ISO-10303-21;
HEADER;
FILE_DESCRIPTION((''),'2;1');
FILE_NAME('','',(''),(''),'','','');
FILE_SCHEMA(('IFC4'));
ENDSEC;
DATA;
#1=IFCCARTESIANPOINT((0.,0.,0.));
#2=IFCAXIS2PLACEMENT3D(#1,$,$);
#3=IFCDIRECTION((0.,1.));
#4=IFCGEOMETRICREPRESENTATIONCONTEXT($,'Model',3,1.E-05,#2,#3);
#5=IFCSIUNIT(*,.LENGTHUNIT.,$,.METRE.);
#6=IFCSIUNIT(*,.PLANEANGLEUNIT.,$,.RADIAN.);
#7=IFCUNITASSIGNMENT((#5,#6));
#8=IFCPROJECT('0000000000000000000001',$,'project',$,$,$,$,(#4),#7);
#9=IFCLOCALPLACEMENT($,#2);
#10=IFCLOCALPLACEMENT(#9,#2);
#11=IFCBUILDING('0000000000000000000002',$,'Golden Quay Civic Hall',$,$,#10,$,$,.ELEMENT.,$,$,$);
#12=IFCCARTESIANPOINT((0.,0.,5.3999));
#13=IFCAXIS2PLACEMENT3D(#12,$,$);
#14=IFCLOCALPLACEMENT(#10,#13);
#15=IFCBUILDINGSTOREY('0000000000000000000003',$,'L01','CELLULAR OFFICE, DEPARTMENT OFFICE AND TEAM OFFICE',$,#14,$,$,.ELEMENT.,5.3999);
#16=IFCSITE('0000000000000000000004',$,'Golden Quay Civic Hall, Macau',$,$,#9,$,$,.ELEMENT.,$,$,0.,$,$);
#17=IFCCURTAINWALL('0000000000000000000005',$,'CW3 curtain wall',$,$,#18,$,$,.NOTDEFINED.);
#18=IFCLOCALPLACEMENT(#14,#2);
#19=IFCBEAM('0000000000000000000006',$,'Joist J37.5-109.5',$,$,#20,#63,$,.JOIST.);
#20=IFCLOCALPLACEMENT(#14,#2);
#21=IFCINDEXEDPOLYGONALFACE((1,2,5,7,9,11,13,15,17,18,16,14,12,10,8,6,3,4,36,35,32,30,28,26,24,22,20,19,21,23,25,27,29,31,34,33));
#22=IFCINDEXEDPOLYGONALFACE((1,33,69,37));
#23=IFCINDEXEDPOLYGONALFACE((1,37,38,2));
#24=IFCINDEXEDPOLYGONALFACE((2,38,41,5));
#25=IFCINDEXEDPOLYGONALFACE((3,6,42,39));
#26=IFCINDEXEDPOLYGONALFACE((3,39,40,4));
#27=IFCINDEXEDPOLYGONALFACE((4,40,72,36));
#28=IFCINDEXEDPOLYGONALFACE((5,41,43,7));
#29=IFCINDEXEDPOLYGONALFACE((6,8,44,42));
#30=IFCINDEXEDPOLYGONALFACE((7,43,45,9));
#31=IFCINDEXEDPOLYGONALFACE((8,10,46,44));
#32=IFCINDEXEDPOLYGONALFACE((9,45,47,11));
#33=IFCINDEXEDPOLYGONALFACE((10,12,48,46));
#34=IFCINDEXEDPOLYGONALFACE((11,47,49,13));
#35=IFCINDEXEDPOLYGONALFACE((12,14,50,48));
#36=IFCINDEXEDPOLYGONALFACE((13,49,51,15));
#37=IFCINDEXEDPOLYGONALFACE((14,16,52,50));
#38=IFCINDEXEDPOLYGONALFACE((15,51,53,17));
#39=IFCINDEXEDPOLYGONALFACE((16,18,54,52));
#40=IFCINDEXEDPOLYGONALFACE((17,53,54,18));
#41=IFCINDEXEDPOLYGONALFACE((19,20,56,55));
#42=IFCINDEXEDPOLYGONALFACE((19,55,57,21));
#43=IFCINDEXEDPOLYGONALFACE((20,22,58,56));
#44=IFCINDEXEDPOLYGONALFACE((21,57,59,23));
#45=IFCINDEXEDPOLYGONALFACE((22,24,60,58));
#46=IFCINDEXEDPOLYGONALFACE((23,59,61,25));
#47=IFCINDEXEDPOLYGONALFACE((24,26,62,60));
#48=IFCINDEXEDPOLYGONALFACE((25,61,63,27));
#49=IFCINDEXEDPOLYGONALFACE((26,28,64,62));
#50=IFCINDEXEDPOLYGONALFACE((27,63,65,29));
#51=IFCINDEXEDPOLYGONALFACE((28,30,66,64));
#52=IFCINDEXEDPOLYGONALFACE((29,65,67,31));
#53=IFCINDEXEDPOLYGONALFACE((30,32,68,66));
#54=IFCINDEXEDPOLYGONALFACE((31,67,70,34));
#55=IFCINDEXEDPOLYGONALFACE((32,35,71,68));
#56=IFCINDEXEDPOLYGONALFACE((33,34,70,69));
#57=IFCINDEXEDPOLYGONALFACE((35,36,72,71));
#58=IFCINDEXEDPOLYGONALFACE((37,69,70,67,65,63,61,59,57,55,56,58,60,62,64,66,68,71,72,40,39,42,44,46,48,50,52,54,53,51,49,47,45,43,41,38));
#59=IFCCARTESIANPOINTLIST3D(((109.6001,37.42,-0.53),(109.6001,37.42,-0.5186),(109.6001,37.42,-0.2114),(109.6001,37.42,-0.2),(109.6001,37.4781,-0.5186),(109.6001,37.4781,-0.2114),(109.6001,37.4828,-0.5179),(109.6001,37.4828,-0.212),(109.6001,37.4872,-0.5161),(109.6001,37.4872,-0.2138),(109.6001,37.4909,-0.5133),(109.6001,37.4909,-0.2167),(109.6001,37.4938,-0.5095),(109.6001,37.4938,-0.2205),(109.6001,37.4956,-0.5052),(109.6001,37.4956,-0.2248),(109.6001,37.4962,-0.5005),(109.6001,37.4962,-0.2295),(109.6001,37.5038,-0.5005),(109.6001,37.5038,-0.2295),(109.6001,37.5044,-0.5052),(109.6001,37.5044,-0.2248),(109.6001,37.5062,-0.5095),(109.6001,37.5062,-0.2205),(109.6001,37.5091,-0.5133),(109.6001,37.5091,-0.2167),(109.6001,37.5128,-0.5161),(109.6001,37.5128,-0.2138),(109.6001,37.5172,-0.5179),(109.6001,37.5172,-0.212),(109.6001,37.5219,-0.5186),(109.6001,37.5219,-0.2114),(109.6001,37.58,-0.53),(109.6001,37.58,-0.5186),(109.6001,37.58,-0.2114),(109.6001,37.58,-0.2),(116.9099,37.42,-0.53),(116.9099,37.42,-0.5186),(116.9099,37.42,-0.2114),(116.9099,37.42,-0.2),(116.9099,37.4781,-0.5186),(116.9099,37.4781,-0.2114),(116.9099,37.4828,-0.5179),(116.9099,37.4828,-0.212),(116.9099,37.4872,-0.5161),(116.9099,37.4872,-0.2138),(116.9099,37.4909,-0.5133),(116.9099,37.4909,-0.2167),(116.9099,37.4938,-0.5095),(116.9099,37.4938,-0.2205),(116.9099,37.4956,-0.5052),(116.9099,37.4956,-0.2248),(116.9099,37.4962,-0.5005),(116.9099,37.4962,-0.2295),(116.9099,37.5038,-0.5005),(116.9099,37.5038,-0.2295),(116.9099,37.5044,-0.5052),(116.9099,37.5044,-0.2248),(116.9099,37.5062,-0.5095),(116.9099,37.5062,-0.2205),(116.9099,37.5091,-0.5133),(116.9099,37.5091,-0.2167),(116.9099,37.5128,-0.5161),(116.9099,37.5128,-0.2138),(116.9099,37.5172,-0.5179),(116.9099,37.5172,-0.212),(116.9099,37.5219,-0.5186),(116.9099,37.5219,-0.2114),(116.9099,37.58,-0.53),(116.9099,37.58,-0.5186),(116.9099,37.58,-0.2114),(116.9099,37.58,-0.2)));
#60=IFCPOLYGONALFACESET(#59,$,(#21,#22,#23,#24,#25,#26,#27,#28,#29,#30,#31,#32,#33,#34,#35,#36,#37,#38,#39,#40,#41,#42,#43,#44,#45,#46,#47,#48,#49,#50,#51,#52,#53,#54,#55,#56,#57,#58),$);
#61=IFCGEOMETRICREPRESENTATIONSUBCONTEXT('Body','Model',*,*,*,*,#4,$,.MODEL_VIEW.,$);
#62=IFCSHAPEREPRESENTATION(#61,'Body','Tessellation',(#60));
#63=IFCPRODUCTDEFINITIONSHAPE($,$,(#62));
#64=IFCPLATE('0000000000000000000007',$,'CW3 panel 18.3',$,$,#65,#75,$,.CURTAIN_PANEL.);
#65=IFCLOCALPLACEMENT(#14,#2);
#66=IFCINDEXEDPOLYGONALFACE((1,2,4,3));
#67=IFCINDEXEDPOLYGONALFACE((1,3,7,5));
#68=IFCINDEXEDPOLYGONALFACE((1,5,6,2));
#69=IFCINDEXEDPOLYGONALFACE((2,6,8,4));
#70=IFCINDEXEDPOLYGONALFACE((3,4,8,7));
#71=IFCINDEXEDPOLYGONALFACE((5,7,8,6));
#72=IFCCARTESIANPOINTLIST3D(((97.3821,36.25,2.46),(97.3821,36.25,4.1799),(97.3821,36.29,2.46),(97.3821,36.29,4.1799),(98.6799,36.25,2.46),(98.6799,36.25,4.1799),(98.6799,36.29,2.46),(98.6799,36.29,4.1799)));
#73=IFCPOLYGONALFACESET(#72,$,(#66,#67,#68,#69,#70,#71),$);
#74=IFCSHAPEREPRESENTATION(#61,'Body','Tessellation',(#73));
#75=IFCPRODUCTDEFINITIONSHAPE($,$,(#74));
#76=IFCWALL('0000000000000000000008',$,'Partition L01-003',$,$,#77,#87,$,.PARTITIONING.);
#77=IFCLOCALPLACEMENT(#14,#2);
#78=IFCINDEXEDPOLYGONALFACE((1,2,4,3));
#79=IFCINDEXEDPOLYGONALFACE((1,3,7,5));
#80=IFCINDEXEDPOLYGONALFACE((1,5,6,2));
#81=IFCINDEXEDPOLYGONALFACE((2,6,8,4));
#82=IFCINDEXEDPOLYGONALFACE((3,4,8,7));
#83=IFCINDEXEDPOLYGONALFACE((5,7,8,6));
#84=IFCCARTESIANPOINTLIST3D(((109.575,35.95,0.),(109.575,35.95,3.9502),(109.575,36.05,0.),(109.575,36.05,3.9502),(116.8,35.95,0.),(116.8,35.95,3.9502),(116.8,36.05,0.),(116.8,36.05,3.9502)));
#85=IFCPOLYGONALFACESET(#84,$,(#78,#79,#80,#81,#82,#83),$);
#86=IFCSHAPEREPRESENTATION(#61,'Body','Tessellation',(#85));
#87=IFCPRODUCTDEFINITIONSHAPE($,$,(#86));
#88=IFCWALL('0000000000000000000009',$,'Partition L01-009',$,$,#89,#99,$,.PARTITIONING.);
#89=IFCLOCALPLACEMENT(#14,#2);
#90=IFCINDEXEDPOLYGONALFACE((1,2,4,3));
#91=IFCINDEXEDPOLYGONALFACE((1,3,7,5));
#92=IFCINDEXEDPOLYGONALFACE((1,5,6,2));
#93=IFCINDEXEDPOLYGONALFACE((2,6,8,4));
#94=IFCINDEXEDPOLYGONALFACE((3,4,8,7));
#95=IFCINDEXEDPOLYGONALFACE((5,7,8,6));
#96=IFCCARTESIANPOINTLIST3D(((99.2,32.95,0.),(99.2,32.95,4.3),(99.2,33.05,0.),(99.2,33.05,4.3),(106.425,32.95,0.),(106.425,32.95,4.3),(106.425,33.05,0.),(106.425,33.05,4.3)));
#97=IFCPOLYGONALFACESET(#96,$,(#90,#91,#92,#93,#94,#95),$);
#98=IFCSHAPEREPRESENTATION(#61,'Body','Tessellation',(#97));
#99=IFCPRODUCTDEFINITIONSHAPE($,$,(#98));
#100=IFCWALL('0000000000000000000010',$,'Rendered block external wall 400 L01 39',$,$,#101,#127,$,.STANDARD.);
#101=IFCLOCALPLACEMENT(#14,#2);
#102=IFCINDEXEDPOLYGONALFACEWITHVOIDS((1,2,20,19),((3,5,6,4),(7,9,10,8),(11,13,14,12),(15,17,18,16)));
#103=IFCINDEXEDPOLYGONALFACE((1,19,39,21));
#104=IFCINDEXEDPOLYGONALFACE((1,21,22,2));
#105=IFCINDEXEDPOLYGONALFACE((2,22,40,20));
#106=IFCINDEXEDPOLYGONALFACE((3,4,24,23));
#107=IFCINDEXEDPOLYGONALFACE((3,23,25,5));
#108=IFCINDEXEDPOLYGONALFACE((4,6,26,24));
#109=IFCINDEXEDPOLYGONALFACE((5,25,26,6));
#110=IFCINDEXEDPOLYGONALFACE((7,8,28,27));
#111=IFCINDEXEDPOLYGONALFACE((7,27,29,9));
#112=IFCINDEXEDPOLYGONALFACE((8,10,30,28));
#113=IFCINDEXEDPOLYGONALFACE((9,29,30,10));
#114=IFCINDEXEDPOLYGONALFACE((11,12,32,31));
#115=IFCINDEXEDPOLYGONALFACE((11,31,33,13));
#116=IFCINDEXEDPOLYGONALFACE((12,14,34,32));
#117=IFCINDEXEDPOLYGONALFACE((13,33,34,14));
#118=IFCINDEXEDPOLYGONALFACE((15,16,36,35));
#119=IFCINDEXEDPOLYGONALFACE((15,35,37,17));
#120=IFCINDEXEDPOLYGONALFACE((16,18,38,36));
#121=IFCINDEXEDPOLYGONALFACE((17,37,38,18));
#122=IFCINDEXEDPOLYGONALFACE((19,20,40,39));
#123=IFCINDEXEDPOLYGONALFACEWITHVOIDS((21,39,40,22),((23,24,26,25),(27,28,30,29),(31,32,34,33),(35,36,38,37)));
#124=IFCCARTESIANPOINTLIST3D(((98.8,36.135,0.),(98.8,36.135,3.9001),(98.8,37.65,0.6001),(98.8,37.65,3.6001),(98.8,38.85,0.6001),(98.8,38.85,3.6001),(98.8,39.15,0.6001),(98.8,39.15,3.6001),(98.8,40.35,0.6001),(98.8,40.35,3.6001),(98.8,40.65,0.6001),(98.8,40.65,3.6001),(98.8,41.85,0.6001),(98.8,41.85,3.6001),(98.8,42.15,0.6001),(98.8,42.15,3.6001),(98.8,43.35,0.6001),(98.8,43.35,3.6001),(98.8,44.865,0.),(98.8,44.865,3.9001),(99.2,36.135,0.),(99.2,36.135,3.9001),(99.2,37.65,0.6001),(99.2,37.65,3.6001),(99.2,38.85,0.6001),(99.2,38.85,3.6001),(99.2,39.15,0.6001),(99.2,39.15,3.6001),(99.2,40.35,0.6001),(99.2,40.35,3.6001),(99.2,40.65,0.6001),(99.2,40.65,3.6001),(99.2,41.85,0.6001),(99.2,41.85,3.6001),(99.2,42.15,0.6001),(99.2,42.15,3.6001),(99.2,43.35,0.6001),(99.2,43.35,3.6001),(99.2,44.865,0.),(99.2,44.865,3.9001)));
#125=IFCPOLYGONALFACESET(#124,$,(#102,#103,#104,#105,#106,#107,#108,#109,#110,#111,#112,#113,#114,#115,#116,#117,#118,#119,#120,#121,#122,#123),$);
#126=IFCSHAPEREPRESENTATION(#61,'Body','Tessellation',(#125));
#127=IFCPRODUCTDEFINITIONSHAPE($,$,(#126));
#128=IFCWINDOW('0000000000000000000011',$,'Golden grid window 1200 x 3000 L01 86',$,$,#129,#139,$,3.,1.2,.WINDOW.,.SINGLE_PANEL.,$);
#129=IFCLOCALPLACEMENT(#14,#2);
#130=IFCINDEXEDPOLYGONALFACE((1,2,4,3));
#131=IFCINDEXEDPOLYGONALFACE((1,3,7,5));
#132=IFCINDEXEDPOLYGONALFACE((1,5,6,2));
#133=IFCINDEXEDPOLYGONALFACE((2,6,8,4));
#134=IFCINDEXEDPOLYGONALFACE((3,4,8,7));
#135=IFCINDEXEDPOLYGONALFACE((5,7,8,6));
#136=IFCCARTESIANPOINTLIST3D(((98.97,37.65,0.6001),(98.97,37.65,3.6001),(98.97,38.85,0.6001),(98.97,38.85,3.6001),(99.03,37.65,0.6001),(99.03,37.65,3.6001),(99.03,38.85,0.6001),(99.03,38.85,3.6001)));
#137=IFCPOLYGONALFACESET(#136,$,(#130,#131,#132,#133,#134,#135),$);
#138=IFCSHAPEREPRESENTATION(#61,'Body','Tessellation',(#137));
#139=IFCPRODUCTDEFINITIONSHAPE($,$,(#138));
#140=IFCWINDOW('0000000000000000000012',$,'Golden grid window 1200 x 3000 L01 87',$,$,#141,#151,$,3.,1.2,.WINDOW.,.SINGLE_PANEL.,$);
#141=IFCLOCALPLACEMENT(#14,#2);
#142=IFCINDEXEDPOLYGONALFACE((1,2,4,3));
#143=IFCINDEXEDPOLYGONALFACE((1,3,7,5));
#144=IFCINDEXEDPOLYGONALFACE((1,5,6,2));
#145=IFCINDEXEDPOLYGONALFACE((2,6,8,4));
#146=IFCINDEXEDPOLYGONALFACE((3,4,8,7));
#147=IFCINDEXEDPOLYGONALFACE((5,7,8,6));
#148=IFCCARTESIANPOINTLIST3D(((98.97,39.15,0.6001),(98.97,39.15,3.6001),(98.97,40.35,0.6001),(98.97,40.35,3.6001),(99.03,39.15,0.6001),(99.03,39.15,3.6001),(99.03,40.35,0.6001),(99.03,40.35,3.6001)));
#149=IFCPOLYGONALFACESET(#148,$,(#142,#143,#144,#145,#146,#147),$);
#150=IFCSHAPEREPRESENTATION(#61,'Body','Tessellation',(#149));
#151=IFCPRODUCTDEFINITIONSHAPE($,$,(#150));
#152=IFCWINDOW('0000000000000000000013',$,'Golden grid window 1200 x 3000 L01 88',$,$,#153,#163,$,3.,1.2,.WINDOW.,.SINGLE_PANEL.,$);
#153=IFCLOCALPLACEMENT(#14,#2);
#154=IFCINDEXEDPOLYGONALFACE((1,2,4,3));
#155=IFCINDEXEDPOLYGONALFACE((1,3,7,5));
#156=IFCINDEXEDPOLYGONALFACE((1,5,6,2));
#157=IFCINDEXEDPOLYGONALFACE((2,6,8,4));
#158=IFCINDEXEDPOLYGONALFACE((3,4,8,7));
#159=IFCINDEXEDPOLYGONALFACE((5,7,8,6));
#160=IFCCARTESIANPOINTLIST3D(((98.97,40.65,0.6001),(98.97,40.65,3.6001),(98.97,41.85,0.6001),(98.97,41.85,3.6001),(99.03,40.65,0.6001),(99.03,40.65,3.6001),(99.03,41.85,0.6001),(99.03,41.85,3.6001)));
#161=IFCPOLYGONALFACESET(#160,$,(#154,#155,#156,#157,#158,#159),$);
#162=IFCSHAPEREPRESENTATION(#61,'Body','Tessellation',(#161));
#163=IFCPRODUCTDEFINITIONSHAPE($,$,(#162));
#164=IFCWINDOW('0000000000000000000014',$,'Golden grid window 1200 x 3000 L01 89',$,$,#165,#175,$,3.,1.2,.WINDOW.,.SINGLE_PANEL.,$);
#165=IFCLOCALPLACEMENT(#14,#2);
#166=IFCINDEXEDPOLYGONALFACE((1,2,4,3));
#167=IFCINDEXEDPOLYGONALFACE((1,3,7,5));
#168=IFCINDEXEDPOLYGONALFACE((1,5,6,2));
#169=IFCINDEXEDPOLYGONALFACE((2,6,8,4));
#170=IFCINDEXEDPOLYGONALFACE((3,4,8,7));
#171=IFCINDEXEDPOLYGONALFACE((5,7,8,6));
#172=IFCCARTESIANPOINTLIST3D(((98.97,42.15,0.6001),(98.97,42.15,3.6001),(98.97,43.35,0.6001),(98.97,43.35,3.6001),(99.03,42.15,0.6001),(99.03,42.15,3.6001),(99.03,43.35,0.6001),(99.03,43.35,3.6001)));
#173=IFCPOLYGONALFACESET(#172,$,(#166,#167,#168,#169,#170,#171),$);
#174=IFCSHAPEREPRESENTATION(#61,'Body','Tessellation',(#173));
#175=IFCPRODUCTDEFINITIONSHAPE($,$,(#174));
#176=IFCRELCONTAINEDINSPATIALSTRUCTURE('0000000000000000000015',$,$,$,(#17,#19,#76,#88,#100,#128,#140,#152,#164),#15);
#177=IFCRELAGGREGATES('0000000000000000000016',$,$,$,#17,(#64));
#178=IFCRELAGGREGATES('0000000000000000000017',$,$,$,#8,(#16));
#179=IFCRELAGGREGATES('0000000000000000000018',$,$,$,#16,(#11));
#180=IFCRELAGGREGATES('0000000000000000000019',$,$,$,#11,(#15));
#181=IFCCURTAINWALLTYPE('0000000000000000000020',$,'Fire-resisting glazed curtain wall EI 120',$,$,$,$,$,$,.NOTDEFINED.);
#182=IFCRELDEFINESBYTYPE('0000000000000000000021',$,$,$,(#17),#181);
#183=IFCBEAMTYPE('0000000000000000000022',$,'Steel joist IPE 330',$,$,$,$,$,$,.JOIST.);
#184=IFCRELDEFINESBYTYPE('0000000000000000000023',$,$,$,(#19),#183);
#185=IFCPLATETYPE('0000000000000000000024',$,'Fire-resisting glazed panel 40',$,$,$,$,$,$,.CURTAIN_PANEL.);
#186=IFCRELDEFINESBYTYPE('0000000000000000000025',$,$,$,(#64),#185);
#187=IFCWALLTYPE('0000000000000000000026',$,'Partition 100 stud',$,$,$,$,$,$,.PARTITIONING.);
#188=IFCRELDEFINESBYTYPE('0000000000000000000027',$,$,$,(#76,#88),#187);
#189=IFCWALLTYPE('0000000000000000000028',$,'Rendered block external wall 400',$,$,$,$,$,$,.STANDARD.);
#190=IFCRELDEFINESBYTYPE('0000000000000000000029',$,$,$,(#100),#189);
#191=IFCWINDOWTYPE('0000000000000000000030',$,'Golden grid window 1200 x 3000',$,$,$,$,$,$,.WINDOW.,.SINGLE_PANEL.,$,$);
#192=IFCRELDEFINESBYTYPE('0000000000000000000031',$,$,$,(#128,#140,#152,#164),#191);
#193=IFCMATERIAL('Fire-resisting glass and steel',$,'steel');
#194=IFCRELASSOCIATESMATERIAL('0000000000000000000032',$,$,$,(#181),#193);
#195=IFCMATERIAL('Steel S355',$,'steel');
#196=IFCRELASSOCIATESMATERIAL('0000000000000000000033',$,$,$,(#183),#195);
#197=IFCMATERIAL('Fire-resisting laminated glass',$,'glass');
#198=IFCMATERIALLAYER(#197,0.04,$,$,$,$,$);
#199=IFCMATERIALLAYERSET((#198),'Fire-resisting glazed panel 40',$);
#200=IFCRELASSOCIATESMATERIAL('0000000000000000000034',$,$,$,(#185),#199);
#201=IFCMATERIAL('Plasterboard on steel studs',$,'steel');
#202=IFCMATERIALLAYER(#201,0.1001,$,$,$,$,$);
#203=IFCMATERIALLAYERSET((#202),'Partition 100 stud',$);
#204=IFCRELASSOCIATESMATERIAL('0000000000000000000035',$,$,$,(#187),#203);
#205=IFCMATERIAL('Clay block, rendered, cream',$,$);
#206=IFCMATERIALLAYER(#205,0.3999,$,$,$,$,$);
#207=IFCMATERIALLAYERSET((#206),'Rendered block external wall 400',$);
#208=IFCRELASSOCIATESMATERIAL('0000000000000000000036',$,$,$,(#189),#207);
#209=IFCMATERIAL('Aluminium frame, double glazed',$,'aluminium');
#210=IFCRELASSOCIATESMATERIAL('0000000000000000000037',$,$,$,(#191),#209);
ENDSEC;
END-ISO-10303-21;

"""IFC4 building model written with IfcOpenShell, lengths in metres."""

from ifc_helpers import new_model, si_unit, direction, frame, frame_2d, origin, origin_2d, place, context, subcontext, project, spatial, rectangle, i_section, extrude, material, layer, layer_set, material_profile, profile_set, type_object, element, fill, aggregate, save


model = new_model("IFC4")

# Units and contexts
model_context = context("Model", 3, precision=1e-05, world=origin(), true_north=direction((0.0, 1.0)))
body_context = subcontext(model_context, "Body", "Model", "MODEL_VIEW")
ifc_project = project(units=[si_unit("LENGTHUNIT", "METRE"), si_unit("PLANEANGLEUNIT", "RADIAN")], contexts=[model_context])

# Site, building, storey
site_placement = place(None, origin())
site = spatial("IfcSite", under=ifc_project, at=site_placement, Name="Golden Quay Civic Hall, Macau", CompositionType="ELEMENT", RefElevation=0.0)
building_placement = place(site_placement, origin())
building = spatial("IfcBuilding", under=site, at=building_placement, Name="Golden Quay Civic Hall", CompositionType="ELEMENT")
storey_placement = place(building_placement, frame((0.0, 0.0, 5.3999)))
storey = spatial("IfcBuildingStorey", under=building, at=storey_placement, Name="L01", Description="CELLULAR OFFICE, DEPARTMENT OFFICE AND TEAM OFFICE", CompositionType="ELEMENT", Elevation=5.3999)

# Curtain wall
ifc_material_1 = material(Name="Fire-resisting glass and steel", Category="steel")
curtain_wall_type = type_object("IfcCurtainWallType", Name="Fire-resisting glazed curtain wall EI 120", PredefinedType="NOTDEFINED", material=ifc_material_1)
curtain_wall_placement = place(storey_placement, origin())
curtain_wall = element("IfcCurtainWall", 1, at=curtain_wall_placement, inside=storey, type_object=curtain_wall_type, Name="CW3 curtain wall", PredefinedType="NOTDEFINED")

# Beam
ifc_material_2 = material(Name="Steel S355", Category="steel")
ifc_material_profile_1 = material_profile(ifc_material_2, i_section(OverallWidth=0.1599, OverallDepth=0.3301, WebThickness=0.0076, FlangeThickness=0.0115, FilletRadius=0.0181, at=origin_2d()), Name="IPE 330")
ifc_profile_set_1 = profile_set([ifc_material_profile_1], Name="Steel S355")
beam_type_1 = type_object("IfcBeamType", Name="Steel joist IPE 330", PredefinedType="JOIST", material=ifc_profile_set_1)
for number, where, z_axis, x_axis, name in (
    (2, (109.6001, 37.5, -0.365), (1.0, 0.0, 0.0), (0.0, 1.0, 0.0), "Joist J37.5-109.5"),
):
    element("IfcBeam", number, at=place(storey_placement, frame(where, z_axis=z_axis, x_axis=x_axis)), inside=storey, type_object=beam_type_1, Name=name, PredefinedType="JOIST", context=body_context, shape_type="SweptSolid", body=[
        extrude(i_section(OverallWidth=0.1599, OverallDepth=0.3301, WebThickness=0.0076, FlangeThickness=0.0115, FilletRadius=0.0181, at=origin_2d()), origin(), (0.0, 0.0, 1.0), 7.3098),
    ])

# Plate
ifc_material_3 = material(Name="Fire-resisting laminated glass", Category="glass")
ifc_layer_1 = layer(ifc_material_3, 0.04)
ifc_layer_set_1 = layer_set([ifc_layer_1], Name="Fire-resisting glazed panel 40")
plate_type = type_object("IfcPlateType", Name="Fire-resisting glazed panel 40", PredefinedType="CURTAIN_PANEL", material=ifc_layer_set_1)
plate_placement = place(storey_placement, frame((98.031, 36.27, 2.46), z_axis=(0.0, 0.0, 1.0), x_axis=(1.0, 0.0, 0.0)))
plate = element("IfcPlate", 3, at=plate_placement, type_object=plate_type, Name="CW3 panel 18.3", PredefinedType="CURTAIN_PANEL", context=body_context, shape_type="SweptSolid", body=[
    extrude(rectangle(XDim=1.2979, YDim=0.04, at=origin_2d()), origin(), (0.0, 0.0, 1.0), 1.72),
])
aggregate(curtain_wall, [plate])

# Walls
ifc_material_4 = material(Name="Plasterboard on steel studs", Category="steel")
ifc_layer_2 = layer(ifc_material_4, 0.1001)
ifc_layer_set_2 = layer_set([ifc_layer_2], Name="Partition 100 stud")
wall_type_1 = type_object("IfcWallType", Name="Partition 100 stud", PredefinedType="PARTITIONING", material=ifc_layer_set_2)
wall_1_placement = place(storey_placement, frame((109.575, 36.0, 0.0), z_axis=(0.0, 0.0, 1.0), x_axis=(1.0, 0.0, 0.0)))
element("IfcWall", 4, at=wall_1_placement, inside=storey, type_object=wall_type_1, Name="Partition L01-003", PredefinedType="PARTITIONING", context=body_context, shape_type="SweptSolid", body=[
    extrude(rectangle(XDim=7.2251, YDim=0.1001, at=frame_2d((3.6125, 0.0))), origin(), (0.0, 0.0, 1.0), 3.9502),
])
wall_2_placement = place(storey_placement, frame((99.2, 33.0, 0.0), z_axis=(0.0, 0.0, 1.0), x_axis=(1.0, 0.0, 0.0)))
element("IfcWall", 5, at=wall_2_placement, inside=storey, type_object=wall_type_1, Name="Partition L01-009", PredefinedType="PARTITIONING", context=body_context, shape_type="SweptSolid", body=[
    extrude(rectangle(XDim=7.2251, YDim=0.1001, at=frame_2d((3.6125, 0.0))), origin(), (0.0, 0.0, 1.0), 4.3),
])

# Wall, openings, windows
ifc_material_5 = material(Name="Clay block, rendered, cream")
ifc_layer_3 = layer(ifc_material_5, 0.3999)
ifc_layer_set_3 = layer_set([ifc_layer_3], Name="Rendered block external wall 400")
wall_type_2 = type_object("IfcWallType", Name="Rendered block external wall 400", PredefinedType="STANDARD", material=ifc_layer_set_3)
wall_3_placement = place(storey_placement, frame((99.0, 36.135, 0.0), z_axis=(0.0, 0.0, 1.0), x_axis=(0.0, 1.0, 0.0)))
wall_3 = element("IfcWall", 6, at=wall_3_placement, inside=storey, type_object=wall_type_2, Name="Rendered block external wall 400 L01 39", PredefinedType="STANDARD", context=body_context, shape_type="SweptSolid", body=[
    extrude(rectangle(XDim=8.73, YDim=0.3999, at=frame_2d((4.365, 0.0))), origin(), (0.0, 0.0, 1.0), 3.9001),
])
opening_1_placement = place(wall_3_placement, frame((1.5149, 0.0, 0.6001)))
opening_1 = element("IfcOpeningElement", 7, at=opening_1_placement, cuts=wall_3, PredefinedType="OPENING", context=body_context, shape_type="SweptSolid", body=[
    extrude(rectangle(XDim=1.2, YDim=3.0, at=frame_2d((0.6001, 1.5))), frame((0.0, 0.21, 0.0), z_axis=(0.0, -1.0, 0.0), x_axis=(1.0, 0.0, 0.0)), (0.0, 0.0, 1.0), 0.4199),
])
opening_2_placement = place(wall_3_placement, frame((3.0149, 0.0, 0.6001)))
opening_2 = element("IfcOpeningElement", 8, at=opening_2_placement, cuts=wall_3, PredefinedType="OPENING", context=body_context, shape_type="SweptSolid", body=[
    extrude(rectangle(XDim=1.2, YDim=3.0, at=frame_2d((0.6001, 1.5))), frame((0.0, 0.21, 0.0), z_axis=(0.0, -1.0, 0.0), x_axis=(1.0, 0.0, 0.0)), (0.0, 0.0, 1.0), 0.4199),
])
opening_3_placement = place(wall_3_placement, frame((4.5149, 0.0, 0.6001)))
opening_3 = element("IfcOpeningElement", 9, at=opening_3_placement, cuts=wall_3, PredefinedType="OPENING", context=body_context, shape_type="SweptSolid", body=[
    extrude(rectangle(XDim=1.2, YDim=3.0, at=frame_2d((0.6001, 1.5))), frame((0.0, 0.21, 0.0), z_axis=(0.0, -1.0, 0.0), x_axis=(1.0, 0.0, 0.0)), (0.0, 0.0, 1.0), 0.4199),
])
opening_4_placement = place(wall_3_placement, frame((6.0149, 0.0, 0.6001)))
opening_4 = element("IfcOpeningElement", 10, at=opening_4_placement, cuts=wall_3, PredefinedType="OPENING", context=body_context, shape_type="SweptSolid", body=[
    extrude(rectangle(XDim=1.2, YDim=3.0, at=frame_2d((0.6001, 1.5))), frame((0.0, 0.21, 0.0), z_axis=(0.0, -1.0, 0.0), x_axis=(1.0, 0.0, 0.0)), (0.0, 0.0, 1.0), 0.4199),
])
ifc_material_6 = material(Name="Aluminium frame, double glazed", Category="aluminium")
window_type = type_object("IfcWindowType", Name="Golden grid window 1200 x 3000", PartitioningType="SINGLE_PANEL", PredefinedType="WINDOW", material=ifc_material_6)
window_1_placement = place(opening_1_placement, origin())
window_1 = element("IfcWindow", 11, at=window_1_placement, inside=storey, type_object=window_type, Name="Golden grid window 1200 x 3000 L01 86", OverallHeight=3.0, OverallWidth=1.2, PartitioningType="SINGLE_PANEL", PredefinedType="WINDOW", context=body_context, shape_type="SweptSolid", body=[
    extrude(rectangle(XDim=1.2, YDim=3.0, at=frame_2d((0.6001, 1.5))), frame((0.0, 0.03, 0.0), z_axis=(0.0, -1.0, 0.0), x_axis=(1.0, 0.0, 0.0)), (0.0, 0.0, 1.0), 0.0601),
])
fill(opening_1, window_1)
window_2_placement = place(opening_2_placement, origin())
window_2 = element("IfcWindow", 12, at=window_2_placement, inside=storey, type_object=window_type, Name="Golden grid window 1200 x 3000 L01 87", OverallHeight=3.0, OverallWidth=1.2, PartitioningType="SINGLE_PANEL", PredefinedType="WINDOW", context=body_context, shape_type="SweptSolid", body=[
    extrude(rectangle(XDim=1.2, YDim=3.0, at=frame_2d((0.6001, 1.5))), frame((0.0, 0.03, 0.0), z_axis=(0.0, -1.0, 0.0), x_axis=(1.0, 0.0, 0.0)), (0.0, 0.0, 1.0), 0.0601),
])
fill(opening_2, window_2)
window_3_placement = place(opening_3_placement, origin())
window_3 = element("IfcWindow", 13, at=window_3_placement, inside=storey, type_object=window_type, Name="Golden grid window 1200 x 3000 L01 88", OverallHeight=3.0, OverallWidth=1.2, PartitioningType="SINGLE_PANEL", PredefinedType="WINDOW", context=body_context, shape_type="SweptSolid", body=[
    extrude(rectangle(XDim=1.2, YDim=3.0, at=frame_2d((0.6001, 1.5))), frame((0.0, 0.03, 0.0), z_axis=(0.0, -1.0, 0.0), x_axis=(1.0, 0.0, 0.0)), (0.0, 0.0, 1.0), 0.0601),
])
fill(opening_3, window_3)
window_4_placement = place(opening_4_placement, origin())
window_4 = element("IfcWindow", 14, at=window_4_placement, inside=storey, type_object=window_type, Name="Golden grid window 1200 x 3000 L01 89", OverallHeight=3.0, OverallWidth=1.2, PartitioningType="SINGLE_PANEL", PredefinedType="WINDOW", context=body_context, shape_type="SweptSolid", body=[
    extrude(rectangle(XDim=1.2, YDim=3.0, at=frame_2d((0.6001, 1.5))), frame((0.0, 0.03, 0.0), z_axis=(0.0, -1.0, 0.0), x_axis=(1.0, 0.0, 0.0)), (0.0, 0.0, 1.0), 0.0601),
])
fill(opening_4, window_4)

save(model, "model.ifc")
